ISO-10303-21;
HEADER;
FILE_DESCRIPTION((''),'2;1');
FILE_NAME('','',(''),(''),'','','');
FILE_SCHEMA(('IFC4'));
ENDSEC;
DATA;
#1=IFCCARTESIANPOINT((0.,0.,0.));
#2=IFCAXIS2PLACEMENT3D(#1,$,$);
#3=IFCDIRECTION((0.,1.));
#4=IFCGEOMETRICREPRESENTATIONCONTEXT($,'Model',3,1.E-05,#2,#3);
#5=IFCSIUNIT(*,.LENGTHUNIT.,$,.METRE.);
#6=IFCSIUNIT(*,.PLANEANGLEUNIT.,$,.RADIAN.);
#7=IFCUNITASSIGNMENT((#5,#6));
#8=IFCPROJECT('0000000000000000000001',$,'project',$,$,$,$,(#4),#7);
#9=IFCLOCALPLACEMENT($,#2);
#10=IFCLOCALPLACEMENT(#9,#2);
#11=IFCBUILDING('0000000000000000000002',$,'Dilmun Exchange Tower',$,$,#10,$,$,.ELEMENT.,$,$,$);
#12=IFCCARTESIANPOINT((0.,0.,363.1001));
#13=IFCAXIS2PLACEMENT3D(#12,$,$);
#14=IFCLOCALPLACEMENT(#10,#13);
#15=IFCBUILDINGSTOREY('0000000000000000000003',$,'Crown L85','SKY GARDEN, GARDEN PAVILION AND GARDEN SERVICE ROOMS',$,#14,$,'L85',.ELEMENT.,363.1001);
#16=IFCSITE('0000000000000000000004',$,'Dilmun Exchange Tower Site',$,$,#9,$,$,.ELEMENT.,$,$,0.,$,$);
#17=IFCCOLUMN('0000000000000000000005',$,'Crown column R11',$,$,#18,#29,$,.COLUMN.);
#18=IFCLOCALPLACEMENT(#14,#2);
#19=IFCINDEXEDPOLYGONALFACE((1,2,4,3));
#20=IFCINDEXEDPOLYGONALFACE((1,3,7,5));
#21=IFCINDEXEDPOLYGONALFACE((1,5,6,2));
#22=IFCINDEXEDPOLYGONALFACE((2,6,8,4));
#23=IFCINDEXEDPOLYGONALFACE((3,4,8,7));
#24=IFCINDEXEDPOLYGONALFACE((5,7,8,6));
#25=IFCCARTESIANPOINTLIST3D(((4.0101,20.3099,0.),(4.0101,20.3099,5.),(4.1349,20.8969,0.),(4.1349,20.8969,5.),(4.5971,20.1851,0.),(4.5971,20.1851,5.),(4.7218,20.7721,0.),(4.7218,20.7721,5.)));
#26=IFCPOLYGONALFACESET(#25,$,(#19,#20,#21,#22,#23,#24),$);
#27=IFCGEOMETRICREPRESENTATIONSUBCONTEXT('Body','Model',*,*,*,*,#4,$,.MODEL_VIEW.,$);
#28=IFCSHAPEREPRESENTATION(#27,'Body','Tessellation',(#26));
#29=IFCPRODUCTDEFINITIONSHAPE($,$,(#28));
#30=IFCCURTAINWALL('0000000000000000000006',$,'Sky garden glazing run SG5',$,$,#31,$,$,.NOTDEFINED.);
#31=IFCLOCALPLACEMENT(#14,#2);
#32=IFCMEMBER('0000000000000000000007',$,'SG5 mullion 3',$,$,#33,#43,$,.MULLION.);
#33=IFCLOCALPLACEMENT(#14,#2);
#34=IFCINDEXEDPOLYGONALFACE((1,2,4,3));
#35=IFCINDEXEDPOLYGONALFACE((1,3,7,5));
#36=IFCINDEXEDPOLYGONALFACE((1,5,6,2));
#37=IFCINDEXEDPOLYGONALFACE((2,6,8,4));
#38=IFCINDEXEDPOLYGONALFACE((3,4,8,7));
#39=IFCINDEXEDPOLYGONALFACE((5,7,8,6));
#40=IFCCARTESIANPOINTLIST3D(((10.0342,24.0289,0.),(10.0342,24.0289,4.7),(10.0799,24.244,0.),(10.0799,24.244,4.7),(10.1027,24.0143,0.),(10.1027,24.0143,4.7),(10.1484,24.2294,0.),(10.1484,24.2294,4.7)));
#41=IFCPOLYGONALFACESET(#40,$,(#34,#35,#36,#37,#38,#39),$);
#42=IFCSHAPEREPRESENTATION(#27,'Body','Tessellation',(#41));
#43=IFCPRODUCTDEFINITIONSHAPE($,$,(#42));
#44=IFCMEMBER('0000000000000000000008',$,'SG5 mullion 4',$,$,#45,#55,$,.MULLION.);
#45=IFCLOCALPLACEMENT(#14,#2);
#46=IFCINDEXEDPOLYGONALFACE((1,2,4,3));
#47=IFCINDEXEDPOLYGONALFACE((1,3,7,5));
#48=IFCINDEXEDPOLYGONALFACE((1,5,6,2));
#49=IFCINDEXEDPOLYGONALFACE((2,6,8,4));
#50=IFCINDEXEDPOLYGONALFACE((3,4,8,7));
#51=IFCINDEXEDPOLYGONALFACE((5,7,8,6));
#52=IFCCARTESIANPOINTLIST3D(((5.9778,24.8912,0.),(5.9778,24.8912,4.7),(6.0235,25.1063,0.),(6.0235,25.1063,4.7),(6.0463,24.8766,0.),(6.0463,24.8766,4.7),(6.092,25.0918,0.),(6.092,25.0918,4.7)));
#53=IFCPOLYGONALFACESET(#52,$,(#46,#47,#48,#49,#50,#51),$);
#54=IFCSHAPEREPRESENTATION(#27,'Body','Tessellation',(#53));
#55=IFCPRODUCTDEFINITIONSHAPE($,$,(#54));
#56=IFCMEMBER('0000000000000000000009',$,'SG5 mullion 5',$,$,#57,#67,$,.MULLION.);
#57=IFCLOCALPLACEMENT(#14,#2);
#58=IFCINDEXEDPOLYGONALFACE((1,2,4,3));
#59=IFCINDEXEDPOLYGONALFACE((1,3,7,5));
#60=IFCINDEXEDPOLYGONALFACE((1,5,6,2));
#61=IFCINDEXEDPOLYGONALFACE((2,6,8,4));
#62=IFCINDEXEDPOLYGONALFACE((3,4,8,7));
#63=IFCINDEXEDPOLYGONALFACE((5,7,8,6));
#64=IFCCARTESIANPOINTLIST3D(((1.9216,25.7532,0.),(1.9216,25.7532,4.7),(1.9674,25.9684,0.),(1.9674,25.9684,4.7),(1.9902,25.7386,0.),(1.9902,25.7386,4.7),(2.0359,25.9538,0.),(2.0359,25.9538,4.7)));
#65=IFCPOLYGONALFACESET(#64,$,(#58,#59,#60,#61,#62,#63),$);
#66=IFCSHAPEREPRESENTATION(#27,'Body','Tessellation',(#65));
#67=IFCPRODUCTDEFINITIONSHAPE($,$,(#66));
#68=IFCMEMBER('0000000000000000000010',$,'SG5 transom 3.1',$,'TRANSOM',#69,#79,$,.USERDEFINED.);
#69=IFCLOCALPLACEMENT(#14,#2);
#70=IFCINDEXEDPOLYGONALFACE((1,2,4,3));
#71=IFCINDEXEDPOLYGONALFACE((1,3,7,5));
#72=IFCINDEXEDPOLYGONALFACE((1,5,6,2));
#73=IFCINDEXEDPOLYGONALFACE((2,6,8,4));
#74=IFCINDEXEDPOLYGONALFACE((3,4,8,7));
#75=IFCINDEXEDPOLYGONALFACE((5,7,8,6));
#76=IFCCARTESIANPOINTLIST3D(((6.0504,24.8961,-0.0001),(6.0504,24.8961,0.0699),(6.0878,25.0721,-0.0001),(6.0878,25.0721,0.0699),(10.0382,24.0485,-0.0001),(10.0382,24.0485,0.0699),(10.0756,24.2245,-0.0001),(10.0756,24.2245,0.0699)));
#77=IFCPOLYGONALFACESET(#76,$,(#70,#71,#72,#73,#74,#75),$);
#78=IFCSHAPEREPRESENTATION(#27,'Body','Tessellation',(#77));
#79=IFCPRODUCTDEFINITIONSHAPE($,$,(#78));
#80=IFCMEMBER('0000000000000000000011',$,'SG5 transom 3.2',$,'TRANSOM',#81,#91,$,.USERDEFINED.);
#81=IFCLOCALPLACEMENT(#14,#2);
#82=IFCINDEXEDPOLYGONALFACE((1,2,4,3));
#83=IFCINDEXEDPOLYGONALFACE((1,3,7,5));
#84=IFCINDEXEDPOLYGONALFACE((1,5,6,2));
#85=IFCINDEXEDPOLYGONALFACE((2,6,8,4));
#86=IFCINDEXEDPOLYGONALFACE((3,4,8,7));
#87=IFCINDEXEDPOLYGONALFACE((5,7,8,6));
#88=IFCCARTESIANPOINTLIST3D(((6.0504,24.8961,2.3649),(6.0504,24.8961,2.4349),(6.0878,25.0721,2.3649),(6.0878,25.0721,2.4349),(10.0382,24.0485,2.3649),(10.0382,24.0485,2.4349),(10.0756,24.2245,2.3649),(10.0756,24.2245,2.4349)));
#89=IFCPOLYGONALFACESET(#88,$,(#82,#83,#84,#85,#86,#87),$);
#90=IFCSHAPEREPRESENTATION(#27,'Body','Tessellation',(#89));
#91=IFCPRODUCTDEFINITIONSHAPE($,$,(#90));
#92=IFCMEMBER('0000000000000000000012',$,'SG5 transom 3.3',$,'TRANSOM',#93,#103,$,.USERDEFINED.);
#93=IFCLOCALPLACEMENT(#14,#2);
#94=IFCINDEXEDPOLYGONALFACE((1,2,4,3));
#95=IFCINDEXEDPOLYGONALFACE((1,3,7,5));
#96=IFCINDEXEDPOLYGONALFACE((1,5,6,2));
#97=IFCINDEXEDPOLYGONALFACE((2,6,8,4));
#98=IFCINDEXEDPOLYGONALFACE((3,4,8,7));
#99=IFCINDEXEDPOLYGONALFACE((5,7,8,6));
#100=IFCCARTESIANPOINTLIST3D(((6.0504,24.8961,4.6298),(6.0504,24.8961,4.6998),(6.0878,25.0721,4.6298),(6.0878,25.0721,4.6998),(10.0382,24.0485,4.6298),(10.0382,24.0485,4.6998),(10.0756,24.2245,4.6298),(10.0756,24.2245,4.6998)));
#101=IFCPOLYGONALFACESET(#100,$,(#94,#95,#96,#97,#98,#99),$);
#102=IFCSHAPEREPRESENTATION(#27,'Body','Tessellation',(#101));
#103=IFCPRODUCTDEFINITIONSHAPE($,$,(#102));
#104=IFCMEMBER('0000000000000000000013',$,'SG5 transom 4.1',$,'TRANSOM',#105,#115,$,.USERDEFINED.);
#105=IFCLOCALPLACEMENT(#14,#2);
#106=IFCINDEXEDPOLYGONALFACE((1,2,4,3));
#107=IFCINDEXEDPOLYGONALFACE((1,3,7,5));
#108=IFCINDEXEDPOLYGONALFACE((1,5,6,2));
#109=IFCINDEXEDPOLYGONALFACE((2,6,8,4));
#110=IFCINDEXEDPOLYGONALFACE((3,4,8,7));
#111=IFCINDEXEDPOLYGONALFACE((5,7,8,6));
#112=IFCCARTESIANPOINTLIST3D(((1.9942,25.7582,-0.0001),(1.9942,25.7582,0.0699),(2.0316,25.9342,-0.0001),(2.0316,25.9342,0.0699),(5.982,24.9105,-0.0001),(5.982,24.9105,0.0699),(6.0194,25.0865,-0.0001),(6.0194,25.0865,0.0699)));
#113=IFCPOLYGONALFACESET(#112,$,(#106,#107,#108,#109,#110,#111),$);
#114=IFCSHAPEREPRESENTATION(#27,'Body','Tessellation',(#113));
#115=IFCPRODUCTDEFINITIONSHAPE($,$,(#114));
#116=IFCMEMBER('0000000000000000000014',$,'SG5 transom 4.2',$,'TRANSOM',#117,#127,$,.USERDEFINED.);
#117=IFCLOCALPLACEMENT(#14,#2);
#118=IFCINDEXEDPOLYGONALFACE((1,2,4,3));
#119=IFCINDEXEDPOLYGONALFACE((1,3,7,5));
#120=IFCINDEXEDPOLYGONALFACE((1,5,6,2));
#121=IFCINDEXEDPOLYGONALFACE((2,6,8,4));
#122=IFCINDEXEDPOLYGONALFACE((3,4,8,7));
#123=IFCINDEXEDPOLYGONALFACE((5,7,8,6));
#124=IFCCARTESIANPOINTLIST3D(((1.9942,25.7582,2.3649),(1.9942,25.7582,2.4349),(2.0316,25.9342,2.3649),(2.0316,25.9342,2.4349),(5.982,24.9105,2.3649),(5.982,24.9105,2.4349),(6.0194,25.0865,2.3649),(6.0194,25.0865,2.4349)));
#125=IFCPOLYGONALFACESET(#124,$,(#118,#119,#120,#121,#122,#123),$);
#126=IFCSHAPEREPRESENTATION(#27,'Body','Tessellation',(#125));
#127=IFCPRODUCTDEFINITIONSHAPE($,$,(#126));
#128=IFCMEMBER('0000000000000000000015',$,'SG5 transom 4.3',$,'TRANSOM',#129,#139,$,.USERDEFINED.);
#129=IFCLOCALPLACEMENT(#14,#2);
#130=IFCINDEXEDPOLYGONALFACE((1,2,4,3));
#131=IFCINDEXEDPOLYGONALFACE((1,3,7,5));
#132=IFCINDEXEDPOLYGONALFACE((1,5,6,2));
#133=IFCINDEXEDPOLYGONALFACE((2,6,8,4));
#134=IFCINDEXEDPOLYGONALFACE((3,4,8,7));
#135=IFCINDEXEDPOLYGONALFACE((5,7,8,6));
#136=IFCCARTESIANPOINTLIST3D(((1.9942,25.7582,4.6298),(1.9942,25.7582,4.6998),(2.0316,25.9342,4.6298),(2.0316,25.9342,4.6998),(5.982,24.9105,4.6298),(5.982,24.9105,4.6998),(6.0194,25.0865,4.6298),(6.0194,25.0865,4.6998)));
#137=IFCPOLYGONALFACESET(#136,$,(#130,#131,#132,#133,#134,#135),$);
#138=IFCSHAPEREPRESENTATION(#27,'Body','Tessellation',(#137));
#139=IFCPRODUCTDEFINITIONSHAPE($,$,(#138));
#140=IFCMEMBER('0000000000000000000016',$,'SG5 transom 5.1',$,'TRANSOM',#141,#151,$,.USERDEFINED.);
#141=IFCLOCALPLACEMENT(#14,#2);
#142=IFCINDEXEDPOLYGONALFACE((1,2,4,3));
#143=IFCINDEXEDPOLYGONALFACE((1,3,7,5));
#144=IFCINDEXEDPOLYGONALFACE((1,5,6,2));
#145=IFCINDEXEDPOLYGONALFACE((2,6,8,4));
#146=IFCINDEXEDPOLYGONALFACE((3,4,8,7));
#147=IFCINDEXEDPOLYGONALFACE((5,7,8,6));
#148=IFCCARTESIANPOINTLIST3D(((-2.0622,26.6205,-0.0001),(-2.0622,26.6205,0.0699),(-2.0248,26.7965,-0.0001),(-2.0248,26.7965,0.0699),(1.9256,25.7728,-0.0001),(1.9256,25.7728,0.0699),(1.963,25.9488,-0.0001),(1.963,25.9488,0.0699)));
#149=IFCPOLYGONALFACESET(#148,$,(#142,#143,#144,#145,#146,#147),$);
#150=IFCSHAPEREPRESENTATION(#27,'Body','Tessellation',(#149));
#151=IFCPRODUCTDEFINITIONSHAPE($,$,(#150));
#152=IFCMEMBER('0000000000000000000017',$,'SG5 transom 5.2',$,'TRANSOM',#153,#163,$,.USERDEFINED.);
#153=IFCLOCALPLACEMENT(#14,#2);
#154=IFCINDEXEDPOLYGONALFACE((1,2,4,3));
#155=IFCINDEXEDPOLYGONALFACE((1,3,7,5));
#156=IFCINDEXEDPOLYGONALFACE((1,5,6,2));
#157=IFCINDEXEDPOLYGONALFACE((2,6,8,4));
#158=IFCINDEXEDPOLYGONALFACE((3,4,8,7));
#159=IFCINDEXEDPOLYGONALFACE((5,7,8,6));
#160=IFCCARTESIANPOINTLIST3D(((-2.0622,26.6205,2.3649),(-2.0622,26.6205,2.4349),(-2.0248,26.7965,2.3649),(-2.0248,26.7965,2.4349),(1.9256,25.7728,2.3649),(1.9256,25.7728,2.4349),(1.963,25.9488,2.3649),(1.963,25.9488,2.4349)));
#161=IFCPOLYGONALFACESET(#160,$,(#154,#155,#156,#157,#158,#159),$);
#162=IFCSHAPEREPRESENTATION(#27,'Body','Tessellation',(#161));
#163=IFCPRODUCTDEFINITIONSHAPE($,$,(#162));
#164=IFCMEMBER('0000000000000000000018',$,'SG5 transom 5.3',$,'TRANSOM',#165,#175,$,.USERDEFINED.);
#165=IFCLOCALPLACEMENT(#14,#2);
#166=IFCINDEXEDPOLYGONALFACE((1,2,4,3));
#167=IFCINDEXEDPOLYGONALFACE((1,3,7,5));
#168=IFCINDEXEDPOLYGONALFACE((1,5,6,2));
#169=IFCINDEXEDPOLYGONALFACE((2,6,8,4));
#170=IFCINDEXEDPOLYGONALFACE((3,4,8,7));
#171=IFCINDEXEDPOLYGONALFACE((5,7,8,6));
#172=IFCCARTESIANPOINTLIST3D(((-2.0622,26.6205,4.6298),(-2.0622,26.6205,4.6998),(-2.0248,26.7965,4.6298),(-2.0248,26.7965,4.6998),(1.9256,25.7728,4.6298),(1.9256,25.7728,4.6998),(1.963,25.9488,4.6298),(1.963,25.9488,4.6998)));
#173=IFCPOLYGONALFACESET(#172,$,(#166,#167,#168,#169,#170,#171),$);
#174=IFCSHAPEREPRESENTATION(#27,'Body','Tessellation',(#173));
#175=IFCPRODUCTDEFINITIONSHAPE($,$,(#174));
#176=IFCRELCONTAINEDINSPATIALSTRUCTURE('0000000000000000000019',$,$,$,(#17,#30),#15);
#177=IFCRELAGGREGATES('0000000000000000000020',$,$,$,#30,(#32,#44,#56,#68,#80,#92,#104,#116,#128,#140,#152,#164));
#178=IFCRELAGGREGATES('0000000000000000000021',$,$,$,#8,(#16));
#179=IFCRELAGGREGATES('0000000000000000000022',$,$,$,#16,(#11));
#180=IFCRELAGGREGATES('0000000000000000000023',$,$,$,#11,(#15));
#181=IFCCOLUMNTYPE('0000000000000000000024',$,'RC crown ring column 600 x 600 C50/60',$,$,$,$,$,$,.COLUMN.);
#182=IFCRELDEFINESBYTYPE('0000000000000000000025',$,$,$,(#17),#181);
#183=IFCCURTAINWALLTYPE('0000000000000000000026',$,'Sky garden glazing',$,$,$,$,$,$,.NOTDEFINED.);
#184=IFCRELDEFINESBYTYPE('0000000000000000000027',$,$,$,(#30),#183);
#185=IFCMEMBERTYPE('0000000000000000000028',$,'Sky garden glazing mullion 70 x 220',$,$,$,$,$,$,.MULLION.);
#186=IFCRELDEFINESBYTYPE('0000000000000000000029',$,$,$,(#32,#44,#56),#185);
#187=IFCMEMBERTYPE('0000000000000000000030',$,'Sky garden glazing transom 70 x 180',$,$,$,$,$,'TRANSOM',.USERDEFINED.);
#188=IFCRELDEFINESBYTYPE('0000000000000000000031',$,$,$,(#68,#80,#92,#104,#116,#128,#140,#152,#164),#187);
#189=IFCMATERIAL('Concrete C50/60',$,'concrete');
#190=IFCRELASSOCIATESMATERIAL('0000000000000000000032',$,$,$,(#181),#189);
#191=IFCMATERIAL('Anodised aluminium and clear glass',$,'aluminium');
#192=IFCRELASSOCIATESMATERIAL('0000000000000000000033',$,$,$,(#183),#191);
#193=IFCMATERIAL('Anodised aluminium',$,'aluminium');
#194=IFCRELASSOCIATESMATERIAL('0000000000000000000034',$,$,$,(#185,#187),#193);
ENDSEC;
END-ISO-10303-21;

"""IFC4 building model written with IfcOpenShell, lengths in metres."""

from ifc_helpers import new_model, si_unit, direction, frame, origin, origin_2d, place, context, subcontext, project, spatial, rectangle, extrude, material, material_profile, profile_set, type_object, element, aggregate, save


model = new_model("IFC4")

# Units and contexts
model_context = context("Model", 3, precision=1e-05, world=origin(), true_north=direction((0.0, 1.0)))
body_context = subcontext(model_context, "Body", "Model", "MODEL_VIEW")
ifc_project = project(units=[si_unit("LENGTHUNIT", "METRE"), si_unit("PLANEANGLEUNIT", "RADIAN")], contexts=[model_context])

# Site, building, storey
site_placement = place(None, origin())
site = spatial("IfcSite", under=ifc_project, at=site_placement, Name="Dilmun Exchange Tower Site", CompositionType="ELEMENT", RefElevation=0.0)
building_placement = place(site_placement, origin())
building = spatial("IfcBuilding", under=site, at=building_placement, Name="Dilmun Exchange Tower", CompositionType="ELEMENT")
storey_placement = place(building_placement, frame((0.0, 0.0, 363.1001)))
storey = spatial("IfcBuildingStorey", under=building, at=storey_placement, Name="Crown L85", Description="SKY GARDEN, GARDEN PAVILION AND GARDEN SERVICE ROOMS", LongName="L85", CompositionType="ELEMENT", Elevation=363.1001)

# Column
ifc_material_1 = material(Name="Concrete C50/60", Category="concrete")
ifc_material_profile_1 = material_profile(ifc_material_1, rectangle(XDim=0.6001, YDim=0.6001, at=origin_2d()), Name="600 x 600")
ifc_profile_set_1 = profile_set([ifc_material_profile_1], Name="Concrete C50/60")
column_type = type_object("IfcColumnType", Name="RC crown ring column 600 x 600 C50/60", PredefinedType="COLUMN", material=ifc_profile_set_1)
column_placement = place(storey_placement, frame((4.366, 20.541, 0.0), z_axis=(0.0, 0.0, 1.0), x_axis=(0.207912, 0.978148, 0.0)))
element("IfcColumn", 1, at=column_placement, inside=storey, type_object=column_type, Name="Crown column R11", PredefinedType="COLUMN", context=body_context, shape_type="SweptSolid", body=[
    extrude(rectangle(XDim=0.6001, YDim=0.6001, at=origin_2d()), origin(), (0.0, 0.0, 1.0), 5.0),
])

# Curtain wall, members
ifc_material_2 = material(Name="Anodised aluminium and clear glass", Category="aluminium")
curtain_wall_type = type_object("IfcCurtainWallType", Name="Sky garden glazing", PredefinedType="NOTDEFINED", material=ifc_material_2)
curtain_wall_placement = place(storey_placement, origin())
curtain_wall = element("IfcCurtainWall", 2, at=curtain_wall_placement, inside=storey, type_object=curtain_wall_type, Name="Sky garden glazing run SG5", PredefinedType="NOTDEFINED")
ifc_material_3 = material(Name="Anodised aluminium", Category="aluminium")
ifc_material_profile_2 = material_profile(ifc_material_3, rectangle(XDim=0.22, YDim=0.0701, at=origin_2d()), Name="AL 70x220")
ifc_profile_set_2 = profile_set([ifc_material_profile_2], Name="Anodised aluminium")
member_type_1 = type_object("IfcMemberType", Name="Sky garden glazing mullion 70 x 220", PredefinedType="MULLION", material=ifc_profile_set_2)
member_1_placement = place(storey_placement, frame((10.0913, 24.1292, 0.0), z_axis=(0.0, 0.0, 1.0), x_axis=(-0.20791, -0.978148, 0.0)))
member_1 = element("IfcMember", 3, at=member_1_placement, type_object=member_type_1, Name="SG5 mullion 3", PredefinedType="MULLION", context=body_context, shape_type="SweptSolid", body=[
    extrude(rectangle(XDim=0.22, YDim=0.0701, at=origin_2d()), origin(), (0.0, 0.0, 1.0), 4.7),
])
member_2_placement = place(storey_placement, frame((6.0349, 24.9915, 0.0), z_axis=(0.0, 0.0, 1.0), x_axis=(-0.20791, -0.978148, 0.0)))
member_2 = element("IfcMember", 4, at=member_2_placement, type_object=member_type_1, Name="SG5 mullion 4", PredefinedType="MULLION", context=body_context, shape_type="SweptSolid", body=[
    extrude(rectangle(XDim=0.22, YDim=0.0701, at=origin_2d()), origin(), (0.0, 0.0, 1.0), 4.7),
])
member_3_placement = place(storey_placement, frame((1.9788, 25.8535, 0.0), z_axis=(0.0, 0.0, 1.0), x_axis=(-0.20791, -0.978148, 0.0)))
member_3 = element("IfcMember", 5, at=member_3_placement, type_object=member_type_1, Name="SG5 mullion 5", PredefinedType="MULLION", context=body_context, shape_type="SweptSolid", body=[
    extrude(rectangle(XDim=0.22, YDim=0.0701, at=origin_2d()), origin(), (0.0, 0.0, 1.0), 4.7),
])
ifc_material_profile_3 = material_profile(ifc_material_3, rectangle(XDim=0.1799, YDim=0.0701, at=origin_2d()), Name="AL 70x180")
ifc_profile_set_3 = profile_set([ifc_material_profile_3], Name="Anodised aluminium")
member_type_2 = type_object("IfcMemberType", Name="Sky garden glazing transom 70 x 180", ElementType="TRANSOM", PredefinedType="USERDEFINED", material=ifc_profile_set_3)
member_4_placement = place(storey_placement, frame((10.0569, 24.1365, 0.0349), z_axis=(-0.978146, 0.207917, 0.0), x_axis=(-0.207917, -0.978146, 0.0)))
member_4 = element("IfcMember", 6, at=member_4_placement, type_object=member_type_2, Name="SG5 transom 3.1", ObjectType="TRANSOM", PredefinedType="USERDEFINED", context=body_context, shape_type="SweptSolid", body=[
    extrude(rectangle(XDim=0.1799, YDim=0.0701, at=origin_2d()), origin(), (0.0, 0.0, 1.0), 4.0769),
])
member_5_placement = place(storey_placement, frame((10.0569, 24.1365, 2.3999), z_axis=(-0.978146, 0.207917, 0.0), x_axis=(-0.207917, -0.978146, 0.0)))
member_5 = element("IfcMember", 7, at=member_5_placement, type_object=member_type_2, Name="SG5 transom 3.2", ObjectType="TRANSOM", PredefinedType="USERDEFINED", context=body_context, shape_type="SweptSolid", body=[
    extrude(rectangle(XDim=0.1799, YDim=0.0701, at=origin_2d()), origin(), (0.0, 0.0, 1.0), 4.0769),
])
member_6_placement = place(storey_placement, frame((10.0569, 24.1365, 4.6648), z_axis=(-0.978146, 0.207917, 0.0), x_axis=(-0.207917, -0.978146, 0.0)))
member_6 = element("IfcMember", 8, at=member_6_placement, type_object=member_type_2, Name="SG5 transom 3.3", ObjectType="TRANSOM", PredefinedType="USERDEFINED", context=body_context, shape_type="SweptSolid", body=[
    extrude(rectangle(XDim=0.1799, YDim=0.0701, at=origin_2d()), origin(), (0.0, 0.0, 1.0), 4.0769),
])
member_7_placement = place(storey_placement, frame((6.0007, 24.9985, 0.0349), z_axis=(-0.978146, 0.207917, 0.0), x_axis=(-0.207917, -0.978146, 0.0)))
member_7 = element("IfcMember", 9, at=member_7_placement, type_object=member_type_2, Name="SG5 transom 4.1", ObjectType="TRANSOM", PredefinedType="USERDEFINED", context=body_context, shape_type="SweptSolid", body=[
    extrude(rectangle(XDim=0.1799, YDim=0.0701, at=origin_2d()), origin(), (0.0, 0.0, 1.0), 4.0769),
])
member_8_placement = place(storey_placement, frame((6.0007, 24.9985, 2.3999), z_axis=(-0.978146, 0.207917, 0.0), x_axis=(-0.207917, -0.978146, 0.0)))
member_8 = element("IfcMember", 10, at=member_8_placement, type_object=member_type_2, Name="SG5 transom 4.2", ObjectType="TRANSOM", PredefinedType="USERDEFINED", context=body_context, shape_type="SweptSolid", body=[
    extrude(rectangle(XDim=0.1799, YDim=0.0701, at=origin_2d()), origin(), (0.0, 0.0, 1.0), 4.0769),
])
member_9_placement = place(storey_placement, frame((6.0007, 24.9985, 4.6648), z_axis=(-0.978146, 0.207917, 0.0), x_axis=(-0.207917, -0.978146, 0.0)))
member_9 = element("IfcMember", 11, at=member_9_placement, type_object=member_type_2, Name="SG5 transom 4.3", ObjectType="TRANSOM", PredefinedType="USERDEFINED", context=body_context, shape_type="SweptSolid", body=[
    extrude(rectangle(XDim=0.1799, YDim=0.0701, at=origin_2d()), origin(), (0.0, 0.0, 1.0), 4.0769),
])
member_10_placement = place(storey_placement, frame((1.9443, 25.8608, 0.0349), z_axis=(-0.978146, 0.207917, 0.0), x_axis=(-0.207917, -0.978146, 0.0)))
member_10 = element("IfcMember", 12, at=member_10_placement, type_object=member_type_2, Name="SG5 transom 5.1", ObjectType="TRANSOM", PredefinedType="USERDEFINED", context=body_context, shape_type="SweptSolid", body=[
    extrude(rectangle(XDim=0.1799, YDim=0.0701, at=origin_2d()), origin(), (0.0, 0.0, 1.0), 4.0769),
])
member_11_placement = place(storey_placement, frame((1.9443, 25.8608, 2.3999), z_axis=(-0.978146, 0.207917, 0.0), x_axis=(-0.207917, -0.978146, 0.0)))
member_11 = element("IfcMember", 13, at=member_11_placement, type_object=member_type_2, Name="SG5 transom 5.2", ObjectType="TRANSOM", PredefinedType="USERDEFINED", context=body_context, shape_type="SweptSolid", body=[
    extrude(rectangle(XDim=0.1799, YDim=0.0701, at=origin_2d()), origin(), (0.0, 0.0, 1.0), 4.0769),
])
member_12_placement = place(storey_placement, frame((1.9443, 25.8608, 4.6648), z_axis=(-0.978146, 0.207917, 0.0), x_axis=(-0.207917, -0.978146, 0.0)))
member_12 = element("IfcMember", 14, at=member_12_placement, type_object=member_type_2, Name="SG5 transom 5.3", ObjectType="TRANSOM", PredefinedType="USERDEFINED", context=body_context, shape_type="SweptSolid", body=[
    extrude(rectangle(XDim=0.1799, YDim=0.0701, at=origin_2d()), origin(), (0.0, 0.0, 1.0), 4.0769),
])

aggregate(curtain_wall, [member_1, member_2, member_3, member_4, member_5, member_6, member_7, member_8, member_9, member_10, member_11, member_12])

save(model, "model.ifc")
